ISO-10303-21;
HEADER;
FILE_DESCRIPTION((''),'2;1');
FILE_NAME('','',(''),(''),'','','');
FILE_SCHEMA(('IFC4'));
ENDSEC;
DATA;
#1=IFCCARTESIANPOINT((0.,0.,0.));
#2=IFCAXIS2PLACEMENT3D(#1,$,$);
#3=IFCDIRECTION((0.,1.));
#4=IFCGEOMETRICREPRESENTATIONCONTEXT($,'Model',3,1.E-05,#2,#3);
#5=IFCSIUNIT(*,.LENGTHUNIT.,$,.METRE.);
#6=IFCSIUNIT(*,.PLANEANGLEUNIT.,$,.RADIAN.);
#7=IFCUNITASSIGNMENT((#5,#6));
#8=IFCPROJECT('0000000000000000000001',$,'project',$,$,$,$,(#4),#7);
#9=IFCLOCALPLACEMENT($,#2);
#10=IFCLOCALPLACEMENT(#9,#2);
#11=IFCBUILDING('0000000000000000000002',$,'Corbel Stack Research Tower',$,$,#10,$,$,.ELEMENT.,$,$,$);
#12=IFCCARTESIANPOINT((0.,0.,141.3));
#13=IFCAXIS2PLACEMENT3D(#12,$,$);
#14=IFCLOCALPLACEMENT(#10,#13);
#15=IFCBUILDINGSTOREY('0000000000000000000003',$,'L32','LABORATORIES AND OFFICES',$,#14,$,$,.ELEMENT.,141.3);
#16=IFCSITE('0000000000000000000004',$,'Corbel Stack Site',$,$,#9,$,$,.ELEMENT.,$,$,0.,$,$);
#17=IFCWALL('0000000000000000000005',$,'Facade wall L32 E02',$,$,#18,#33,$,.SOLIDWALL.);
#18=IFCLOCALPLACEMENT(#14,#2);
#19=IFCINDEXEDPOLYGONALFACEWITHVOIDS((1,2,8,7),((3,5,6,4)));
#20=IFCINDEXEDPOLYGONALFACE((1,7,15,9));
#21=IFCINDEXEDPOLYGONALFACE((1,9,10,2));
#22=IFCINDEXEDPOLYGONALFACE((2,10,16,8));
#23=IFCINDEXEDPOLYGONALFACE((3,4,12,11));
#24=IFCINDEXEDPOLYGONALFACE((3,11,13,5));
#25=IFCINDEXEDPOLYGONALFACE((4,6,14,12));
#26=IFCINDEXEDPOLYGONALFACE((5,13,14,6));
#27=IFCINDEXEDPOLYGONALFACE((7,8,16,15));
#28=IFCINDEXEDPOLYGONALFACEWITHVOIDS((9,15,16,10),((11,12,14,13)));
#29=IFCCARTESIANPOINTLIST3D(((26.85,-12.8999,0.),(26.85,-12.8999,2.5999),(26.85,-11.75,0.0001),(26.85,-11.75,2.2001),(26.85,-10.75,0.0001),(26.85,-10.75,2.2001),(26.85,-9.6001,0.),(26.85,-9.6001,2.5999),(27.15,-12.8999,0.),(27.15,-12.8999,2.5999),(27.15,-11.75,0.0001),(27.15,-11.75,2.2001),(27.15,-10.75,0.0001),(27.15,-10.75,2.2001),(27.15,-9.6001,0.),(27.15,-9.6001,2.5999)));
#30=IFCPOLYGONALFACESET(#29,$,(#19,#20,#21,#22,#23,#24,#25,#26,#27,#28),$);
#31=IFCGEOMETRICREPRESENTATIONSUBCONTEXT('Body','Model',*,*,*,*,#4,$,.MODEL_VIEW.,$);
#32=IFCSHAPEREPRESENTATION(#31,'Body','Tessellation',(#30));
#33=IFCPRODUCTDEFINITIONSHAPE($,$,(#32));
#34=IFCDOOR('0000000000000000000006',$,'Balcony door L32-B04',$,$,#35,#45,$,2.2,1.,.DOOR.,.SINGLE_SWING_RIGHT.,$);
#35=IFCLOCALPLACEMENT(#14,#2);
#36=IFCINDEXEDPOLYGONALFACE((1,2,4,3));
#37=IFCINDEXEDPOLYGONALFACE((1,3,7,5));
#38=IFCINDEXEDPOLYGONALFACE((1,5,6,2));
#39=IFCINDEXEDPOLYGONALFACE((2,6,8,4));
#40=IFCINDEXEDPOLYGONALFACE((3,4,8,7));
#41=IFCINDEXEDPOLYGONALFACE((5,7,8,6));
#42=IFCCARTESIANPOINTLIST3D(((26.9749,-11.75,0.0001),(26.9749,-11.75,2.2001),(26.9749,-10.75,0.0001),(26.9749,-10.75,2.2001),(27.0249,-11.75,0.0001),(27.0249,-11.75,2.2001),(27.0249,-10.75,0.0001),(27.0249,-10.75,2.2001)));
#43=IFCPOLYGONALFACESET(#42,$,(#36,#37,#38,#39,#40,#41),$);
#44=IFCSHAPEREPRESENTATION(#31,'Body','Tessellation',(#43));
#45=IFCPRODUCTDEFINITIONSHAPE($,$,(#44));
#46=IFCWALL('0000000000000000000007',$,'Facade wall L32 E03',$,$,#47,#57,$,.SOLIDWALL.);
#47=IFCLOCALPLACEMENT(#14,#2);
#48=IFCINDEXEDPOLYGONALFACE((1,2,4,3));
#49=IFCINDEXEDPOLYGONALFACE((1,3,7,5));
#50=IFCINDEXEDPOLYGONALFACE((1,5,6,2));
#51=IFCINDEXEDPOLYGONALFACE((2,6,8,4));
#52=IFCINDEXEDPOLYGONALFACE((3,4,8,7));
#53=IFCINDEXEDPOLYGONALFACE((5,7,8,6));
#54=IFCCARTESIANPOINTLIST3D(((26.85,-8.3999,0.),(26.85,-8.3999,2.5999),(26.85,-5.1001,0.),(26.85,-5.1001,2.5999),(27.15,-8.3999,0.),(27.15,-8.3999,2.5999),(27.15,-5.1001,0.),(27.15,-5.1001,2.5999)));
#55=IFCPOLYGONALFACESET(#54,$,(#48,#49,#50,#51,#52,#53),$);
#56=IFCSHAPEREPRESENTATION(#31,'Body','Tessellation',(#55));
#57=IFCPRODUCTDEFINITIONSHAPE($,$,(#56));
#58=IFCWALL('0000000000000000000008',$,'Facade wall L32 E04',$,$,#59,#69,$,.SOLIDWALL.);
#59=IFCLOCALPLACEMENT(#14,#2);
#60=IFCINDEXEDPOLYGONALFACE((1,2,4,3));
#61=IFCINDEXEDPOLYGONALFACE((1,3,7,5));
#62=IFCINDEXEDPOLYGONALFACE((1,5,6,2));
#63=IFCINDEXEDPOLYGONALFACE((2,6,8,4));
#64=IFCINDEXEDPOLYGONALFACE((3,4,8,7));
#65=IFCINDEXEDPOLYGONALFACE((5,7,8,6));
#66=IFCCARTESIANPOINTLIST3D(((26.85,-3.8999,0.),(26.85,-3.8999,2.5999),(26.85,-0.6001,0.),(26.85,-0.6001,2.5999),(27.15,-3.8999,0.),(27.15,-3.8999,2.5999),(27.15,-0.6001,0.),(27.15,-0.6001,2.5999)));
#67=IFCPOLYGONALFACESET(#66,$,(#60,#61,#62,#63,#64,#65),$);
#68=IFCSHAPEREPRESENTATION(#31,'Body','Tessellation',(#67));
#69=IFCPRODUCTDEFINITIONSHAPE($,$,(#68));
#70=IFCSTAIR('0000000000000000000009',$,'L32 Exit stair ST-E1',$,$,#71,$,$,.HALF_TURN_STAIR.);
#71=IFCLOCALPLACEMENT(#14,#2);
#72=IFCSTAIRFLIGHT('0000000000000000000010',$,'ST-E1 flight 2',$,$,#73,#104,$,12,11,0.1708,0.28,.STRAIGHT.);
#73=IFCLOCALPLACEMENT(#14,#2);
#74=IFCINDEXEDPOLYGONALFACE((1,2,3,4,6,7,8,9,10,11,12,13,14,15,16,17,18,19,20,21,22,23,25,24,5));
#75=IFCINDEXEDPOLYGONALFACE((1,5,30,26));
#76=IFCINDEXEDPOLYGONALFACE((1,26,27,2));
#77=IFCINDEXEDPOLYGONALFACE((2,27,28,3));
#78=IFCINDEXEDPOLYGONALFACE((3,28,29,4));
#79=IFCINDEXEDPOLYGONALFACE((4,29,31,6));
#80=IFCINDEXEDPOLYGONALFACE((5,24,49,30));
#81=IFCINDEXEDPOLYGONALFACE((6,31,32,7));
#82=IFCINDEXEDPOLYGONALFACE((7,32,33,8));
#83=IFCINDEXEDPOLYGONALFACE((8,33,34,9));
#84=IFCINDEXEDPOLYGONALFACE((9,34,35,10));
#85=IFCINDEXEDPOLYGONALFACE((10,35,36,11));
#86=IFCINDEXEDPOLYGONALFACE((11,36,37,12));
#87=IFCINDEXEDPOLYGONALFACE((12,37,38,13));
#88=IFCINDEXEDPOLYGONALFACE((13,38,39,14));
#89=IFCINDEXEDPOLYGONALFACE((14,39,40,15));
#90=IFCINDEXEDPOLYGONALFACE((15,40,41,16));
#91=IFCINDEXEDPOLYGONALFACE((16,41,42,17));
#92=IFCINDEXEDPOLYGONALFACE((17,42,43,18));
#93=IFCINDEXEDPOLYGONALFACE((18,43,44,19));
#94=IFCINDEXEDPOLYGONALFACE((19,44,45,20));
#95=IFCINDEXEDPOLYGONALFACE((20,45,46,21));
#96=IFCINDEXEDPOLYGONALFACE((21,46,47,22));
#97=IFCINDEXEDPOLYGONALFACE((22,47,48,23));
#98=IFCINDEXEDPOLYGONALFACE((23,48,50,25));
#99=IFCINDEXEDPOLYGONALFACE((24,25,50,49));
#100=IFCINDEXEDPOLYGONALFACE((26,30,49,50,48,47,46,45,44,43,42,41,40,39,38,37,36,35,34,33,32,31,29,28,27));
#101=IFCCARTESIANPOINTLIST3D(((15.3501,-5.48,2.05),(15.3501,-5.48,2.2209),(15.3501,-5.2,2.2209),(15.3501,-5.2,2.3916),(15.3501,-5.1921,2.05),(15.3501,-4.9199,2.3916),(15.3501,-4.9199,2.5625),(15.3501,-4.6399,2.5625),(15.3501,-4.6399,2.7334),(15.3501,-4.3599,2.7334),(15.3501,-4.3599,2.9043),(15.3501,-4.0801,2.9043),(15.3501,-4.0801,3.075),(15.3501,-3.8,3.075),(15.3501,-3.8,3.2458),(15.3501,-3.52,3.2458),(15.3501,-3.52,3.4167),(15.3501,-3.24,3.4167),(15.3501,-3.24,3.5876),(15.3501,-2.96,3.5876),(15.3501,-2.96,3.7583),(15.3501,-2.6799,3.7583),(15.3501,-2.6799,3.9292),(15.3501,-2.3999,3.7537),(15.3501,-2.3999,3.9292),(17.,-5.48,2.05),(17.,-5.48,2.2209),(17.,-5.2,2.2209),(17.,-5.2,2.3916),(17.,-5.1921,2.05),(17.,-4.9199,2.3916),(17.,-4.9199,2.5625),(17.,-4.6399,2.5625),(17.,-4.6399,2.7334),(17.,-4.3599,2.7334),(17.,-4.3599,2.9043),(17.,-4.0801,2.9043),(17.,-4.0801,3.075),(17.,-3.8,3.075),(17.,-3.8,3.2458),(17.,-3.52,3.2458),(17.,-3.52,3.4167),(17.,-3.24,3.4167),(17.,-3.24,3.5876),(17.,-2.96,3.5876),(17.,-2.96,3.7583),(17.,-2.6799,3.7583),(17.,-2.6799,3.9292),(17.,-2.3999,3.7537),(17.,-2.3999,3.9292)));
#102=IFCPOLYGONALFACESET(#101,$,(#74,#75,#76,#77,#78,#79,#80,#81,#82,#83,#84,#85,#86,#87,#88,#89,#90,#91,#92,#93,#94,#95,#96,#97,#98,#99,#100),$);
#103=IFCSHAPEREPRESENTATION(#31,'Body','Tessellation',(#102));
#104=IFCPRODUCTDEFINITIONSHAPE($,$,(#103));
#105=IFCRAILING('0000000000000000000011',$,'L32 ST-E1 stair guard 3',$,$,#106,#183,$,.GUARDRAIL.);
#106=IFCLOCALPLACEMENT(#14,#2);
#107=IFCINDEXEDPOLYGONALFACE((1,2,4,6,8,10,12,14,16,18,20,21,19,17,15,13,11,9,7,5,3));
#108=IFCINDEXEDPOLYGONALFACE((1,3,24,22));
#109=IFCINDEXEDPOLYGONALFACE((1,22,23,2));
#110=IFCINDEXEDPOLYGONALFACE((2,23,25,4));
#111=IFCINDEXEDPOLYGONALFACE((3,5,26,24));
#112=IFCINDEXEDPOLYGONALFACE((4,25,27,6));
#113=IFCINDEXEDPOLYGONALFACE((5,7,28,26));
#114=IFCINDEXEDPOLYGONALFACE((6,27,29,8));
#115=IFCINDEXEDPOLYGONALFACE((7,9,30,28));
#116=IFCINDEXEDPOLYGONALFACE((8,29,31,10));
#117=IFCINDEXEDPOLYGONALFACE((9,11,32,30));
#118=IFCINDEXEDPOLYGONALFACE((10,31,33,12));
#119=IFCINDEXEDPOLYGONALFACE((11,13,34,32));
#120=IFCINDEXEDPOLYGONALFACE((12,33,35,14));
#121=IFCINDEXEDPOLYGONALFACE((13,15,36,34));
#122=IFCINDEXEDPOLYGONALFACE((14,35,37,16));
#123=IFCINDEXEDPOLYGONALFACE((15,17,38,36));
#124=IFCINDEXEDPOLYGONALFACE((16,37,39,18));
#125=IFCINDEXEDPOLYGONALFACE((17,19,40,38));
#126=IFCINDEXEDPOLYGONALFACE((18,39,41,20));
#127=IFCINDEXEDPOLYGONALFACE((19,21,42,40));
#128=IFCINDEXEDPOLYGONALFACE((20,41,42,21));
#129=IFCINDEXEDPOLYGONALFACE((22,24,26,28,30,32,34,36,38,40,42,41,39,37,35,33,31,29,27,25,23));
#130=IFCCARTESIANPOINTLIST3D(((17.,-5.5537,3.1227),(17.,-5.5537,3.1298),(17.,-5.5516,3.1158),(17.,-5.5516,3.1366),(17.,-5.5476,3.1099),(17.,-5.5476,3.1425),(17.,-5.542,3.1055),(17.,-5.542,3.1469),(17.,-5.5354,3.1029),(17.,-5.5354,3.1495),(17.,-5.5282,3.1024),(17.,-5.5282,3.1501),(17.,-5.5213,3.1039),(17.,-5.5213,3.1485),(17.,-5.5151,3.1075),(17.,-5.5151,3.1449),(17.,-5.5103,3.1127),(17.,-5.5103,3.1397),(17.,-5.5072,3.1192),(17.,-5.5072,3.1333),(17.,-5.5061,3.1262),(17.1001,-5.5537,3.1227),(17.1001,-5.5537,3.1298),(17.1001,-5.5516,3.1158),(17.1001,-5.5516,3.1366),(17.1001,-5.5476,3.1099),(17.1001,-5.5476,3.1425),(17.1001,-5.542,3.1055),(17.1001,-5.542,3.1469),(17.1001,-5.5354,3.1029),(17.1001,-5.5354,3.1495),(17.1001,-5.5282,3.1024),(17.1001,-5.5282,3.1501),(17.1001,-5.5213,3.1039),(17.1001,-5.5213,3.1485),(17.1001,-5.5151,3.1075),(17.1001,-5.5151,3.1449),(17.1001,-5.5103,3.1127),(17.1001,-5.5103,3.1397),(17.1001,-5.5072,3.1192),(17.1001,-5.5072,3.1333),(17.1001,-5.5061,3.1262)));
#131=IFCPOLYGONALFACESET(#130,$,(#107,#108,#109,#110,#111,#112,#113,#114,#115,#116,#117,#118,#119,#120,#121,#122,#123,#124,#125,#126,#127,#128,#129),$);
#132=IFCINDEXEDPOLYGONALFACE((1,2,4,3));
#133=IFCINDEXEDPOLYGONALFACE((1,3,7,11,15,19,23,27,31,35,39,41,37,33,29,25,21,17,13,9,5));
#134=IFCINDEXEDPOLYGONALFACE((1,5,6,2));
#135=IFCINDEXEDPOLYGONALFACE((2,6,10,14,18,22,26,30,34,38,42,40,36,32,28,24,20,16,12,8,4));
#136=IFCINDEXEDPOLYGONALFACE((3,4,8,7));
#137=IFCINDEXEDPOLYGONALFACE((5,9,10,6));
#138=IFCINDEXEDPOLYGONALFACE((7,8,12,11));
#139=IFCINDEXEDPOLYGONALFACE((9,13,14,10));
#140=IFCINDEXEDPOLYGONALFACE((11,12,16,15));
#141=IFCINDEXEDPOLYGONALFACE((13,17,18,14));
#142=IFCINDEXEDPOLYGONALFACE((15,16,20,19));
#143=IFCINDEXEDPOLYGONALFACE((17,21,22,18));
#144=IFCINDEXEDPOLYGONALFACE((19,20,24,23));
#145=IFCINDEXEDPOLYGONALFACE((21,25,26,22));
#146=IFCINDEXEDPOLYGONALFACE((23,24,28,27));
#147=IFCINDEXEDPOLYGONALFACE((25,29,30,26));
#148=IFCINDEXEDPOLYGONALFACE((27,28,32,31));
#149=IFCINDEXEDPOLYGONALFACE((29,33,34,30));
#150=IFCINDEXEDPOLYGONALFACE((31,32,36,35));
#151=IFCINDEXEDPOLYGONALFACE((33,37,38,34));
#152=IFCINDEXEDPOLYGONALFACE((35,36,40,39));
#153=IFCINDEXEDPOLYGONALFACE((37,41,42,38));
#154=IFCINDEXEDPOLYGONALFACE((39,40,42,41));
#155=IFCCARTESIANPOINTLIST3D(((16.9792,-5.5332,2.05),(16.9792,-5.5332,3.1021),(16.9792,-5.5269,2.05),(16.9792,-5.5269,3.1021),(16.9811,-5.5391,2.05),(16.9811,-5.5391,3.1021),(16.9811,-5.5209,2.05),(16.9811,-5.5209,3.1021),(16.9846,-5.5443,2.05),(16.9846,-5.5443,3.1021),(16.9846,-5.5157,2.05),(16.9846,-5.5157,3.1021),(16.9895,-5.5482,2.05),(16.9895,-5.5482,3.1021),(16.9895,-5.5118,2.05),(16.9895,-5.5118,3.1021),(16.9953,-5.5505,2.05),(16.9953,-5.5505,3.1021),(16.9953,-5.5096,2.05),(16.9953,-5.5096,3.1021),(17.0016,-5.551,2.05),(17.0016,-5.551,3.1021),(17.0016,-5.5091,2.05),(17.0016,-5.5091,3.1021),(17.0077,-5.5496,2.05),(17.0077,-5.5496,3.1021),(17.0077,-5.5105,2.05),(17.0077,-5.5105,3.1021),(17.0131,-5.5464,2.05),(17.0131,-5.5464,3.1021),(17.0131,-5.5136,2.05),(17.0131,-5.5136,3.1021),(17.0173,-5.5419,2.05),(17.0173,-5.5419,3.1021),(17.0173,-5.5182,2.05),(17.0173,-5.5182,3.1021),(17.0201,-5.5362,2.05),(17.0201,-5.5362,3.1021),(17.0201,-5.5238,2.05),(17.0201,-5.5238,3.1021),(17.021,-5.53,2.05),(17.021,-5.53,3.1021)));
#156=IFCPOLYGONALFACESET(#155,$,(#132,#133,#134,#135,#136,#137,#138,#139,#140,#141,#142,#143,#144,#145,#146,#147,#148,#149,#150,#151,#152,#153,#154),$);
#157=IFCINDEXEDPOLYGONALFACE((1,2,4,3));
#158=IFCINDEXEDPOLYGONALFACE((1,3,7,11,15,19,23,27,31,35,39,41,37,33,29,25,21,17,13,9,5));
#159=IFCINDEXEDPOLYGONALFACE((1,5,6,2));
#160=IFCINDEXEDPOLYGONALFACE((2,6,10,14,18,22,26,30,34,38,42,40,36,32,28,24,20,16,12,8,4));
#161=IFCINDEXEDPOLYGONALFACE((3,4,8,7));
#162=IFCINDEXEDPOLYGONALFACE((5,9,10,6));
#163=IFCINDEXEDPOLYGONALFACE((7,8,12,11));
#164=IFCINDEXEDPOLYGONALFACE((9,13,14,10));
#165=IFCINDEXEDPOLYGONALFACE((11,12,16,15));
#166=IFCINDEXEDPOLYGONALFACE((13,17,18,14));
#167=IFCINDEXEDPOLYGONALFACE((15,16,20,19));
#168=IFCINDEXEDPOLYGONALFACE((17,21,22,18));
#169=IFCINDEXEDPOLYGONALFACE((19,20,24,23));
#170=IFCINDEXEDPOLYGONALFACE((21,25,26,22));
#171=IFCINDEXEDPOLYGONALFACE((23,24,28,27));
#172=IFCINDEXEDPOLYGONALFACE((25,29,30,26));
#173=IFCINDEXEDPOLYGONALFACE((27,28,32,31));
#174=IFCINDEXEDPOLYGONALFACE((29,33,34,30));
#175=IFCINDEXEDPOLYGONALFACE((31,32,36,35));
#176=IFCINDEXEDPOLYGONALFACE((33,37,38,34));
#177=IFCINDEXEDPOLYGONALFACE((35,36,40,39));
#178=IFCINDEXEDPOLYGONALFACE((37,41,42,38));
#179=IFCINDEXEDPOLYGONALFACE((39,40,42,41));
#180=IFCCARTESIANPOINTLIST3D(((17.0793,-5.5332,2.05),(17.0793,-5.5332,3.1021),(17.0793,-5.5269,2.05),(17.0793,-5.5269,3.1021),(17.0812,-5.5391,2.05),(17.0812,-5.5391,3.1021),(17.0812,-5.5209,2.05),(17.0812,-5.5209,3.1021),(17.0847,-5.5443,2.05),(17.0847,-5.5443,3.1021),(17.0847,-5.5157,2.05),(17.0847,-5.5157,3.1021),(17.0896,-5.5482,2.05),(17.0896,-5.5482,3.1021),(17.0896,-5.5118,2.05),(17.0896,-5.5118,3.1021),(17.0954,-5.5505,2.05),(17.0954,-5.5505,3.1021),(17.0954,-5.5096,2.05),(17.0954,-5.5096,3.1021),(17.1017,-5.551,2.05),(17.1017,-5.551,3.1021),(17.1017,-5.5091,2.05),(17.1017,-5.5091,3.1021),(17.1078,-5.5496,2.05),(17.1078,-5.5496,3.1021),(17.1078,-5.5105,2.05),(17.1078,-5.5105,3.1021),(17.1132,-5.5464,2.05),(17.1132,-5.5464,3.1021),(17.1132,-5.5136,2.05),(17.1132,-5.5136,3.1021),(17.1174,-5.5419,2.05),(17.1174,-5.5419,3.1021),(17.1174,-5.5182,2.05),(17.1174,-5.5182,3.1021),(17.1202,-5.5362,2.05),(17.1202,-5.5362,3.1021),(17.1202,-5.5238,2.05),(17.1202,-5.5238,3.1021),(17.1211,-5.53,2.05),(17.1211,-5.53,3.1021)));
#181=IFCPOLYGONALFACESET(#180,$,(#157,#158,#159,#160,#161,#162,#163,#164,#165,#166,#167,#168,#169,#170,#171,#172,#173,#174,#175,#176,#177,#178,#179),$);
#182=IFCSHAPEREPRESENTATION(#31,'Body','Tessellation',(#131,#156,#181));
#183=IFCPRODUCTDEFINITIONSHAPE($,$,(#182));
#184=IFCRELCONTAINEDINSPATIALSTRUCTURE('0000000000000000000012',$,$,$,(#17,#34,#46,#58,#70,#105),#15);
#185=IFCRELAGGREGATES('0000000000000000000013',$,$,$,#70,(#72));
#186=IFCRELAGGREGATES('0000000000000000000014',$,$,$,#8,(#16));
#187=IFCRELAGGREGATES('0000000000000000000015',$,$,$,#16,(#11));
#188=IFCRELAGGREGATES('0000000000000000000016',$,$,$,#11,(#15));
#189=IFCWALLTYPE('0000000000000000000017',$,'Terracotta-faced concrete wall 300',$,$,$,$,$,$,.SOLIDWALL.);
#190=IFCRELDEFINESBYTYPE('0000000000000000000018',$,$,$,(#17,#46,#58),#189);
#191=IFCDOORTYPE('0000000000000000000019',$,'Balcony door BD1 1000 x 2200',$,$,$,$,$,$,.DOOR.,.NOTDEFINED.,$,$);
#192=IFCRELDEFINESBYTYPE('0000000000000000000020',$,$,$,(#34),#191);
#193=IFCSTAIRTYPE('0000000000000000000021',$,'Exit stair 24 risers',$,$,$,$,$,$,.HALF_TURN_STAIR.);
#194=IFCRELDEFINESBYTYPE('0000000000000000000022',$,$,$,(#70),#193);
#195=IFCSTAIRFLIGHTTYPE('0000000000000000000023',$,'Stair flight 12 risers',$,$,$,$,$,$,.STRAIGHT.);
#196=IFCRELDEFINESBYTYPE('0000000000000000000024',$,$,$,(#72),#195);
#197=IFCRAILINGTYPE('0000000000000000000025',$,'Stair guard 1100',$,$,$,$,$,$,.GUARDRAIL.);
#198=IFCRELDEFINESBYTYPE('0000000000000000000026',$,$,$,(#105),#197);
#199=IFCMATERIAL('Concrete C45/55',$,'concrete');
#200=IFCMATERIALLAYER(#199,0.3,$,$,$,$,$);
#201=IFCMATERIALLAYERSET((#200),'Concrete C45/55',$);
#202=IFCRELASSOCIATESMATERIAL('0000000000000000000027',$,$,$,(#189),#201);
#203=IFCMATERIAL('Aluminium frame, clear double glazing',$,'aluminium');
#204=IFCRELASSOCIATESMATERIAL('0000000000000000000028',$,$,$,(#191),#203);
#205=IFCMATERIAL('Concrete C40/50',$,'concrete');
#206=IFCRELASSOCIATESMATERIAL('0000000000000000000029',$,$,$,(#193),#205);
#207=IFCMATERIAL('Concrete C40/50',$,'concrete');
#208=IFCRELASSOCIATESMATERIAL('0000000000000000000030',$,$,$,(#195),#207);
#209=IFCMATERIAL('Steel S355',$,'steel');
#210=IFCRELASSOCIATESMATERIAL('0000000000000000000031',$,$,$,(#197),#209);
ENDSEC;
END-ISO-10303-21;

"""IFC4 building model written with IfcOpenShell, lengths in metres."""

from ifc_helpers import new_model, si_unit, direction, frame, frame_2d, origin, origin_2d, place, context, subcontext, project, spatial, polyline, rectangle, circle, outline, extrude, material, layer, layer_set, type_object, element, fill, aggregate, save


model = new_model("IFC4")

# Units and contexts
model_context = context("Model", 3, precision=1e-05, world=origin(), true_north=direction((0.0, 1.0)))
body_context = subcontext(model_context, "Body", "Model", "MODEL_VIEW")
ifc_project = project(units=[si_unit("LENGTHUNIT", "METRE"), si_unit("PLANEANGLEUNIT", "RADIAN")], contexts=[model_context])

# Site, building, storey
site_placement = place(None, origin())
site = spatial("IfcSite", under=ifc_project, at=site_placement, Name="Corbel Stack Site", CompositionType="ELEMENT", RefElevation=0.0)
building_placement = place(site_placement, origin())
building = spatial("IfcBuilding", under=site, at=building_placement, Name="Corbel Stack Research Tower", CompositionType="ELEMENT")
storey_placement = place(building_placement, frame((0.0, 0.0, 141.3)))
storey = spatial("IfcBuildingStorey", under=building, at=storey_placement, Name="L32", Description="LABORATORIES AND OFFICES", CompositionType="ELEMENT", Elevation=141.3)

# Wall, opening, door
ifc_material_1 = material(Name="Concrete C45/55", Category="concrete")
ifc_layer_1 = layer(ifc_material_1, 0.3)
ifc_layer_set_1 = layer_set([ifc_layer_1], Name="Concrete C45/55")
wall_type_1 = type_object("IfcWallType", Name="Terracotta-faced concrete wall 300", PredefinedType="SOLIDWALL", material=ifc_layer_set_1)
wall_1_placement = place(storey_placement, frame((27.0, -9.6001, 0.0), z_axis=(0.0, 0.0, 1.0), x_axis=(0.0, -1.0, 0.0)))
wall_1 = element("IfcWall", 1, at=wall_1_placement, inside=storey, type_object=wall_type_1, Name="Facade wall L32 E02", PredefinedType="SOLIDWALL", context=body_context, shape_type="SweptSolid", body=[
    extrude(rectangle(XDim=3.2998, YDim=0.3, at=frame_2d((1.6499, 0.0))), origin(), (0.0, 0.0, 1.0), 2.5999),
])
opening_1_placement = place(wall_1_placement, frame((1.1499, 0.0, 0.0)))
opening_1 = element("IfcOpeningElement", 2, at=opening_1_placement, cuts=wall_1, PredefinedType="OPENING", context=body_context, shape_type="SweptSolid", body=[
    extrude(rectangle(XDim=1.0, YDim=2.2, at=frame_2d((0.5, 1.1001))), frame((0.0, 0.1599, 0.0), z_axis=(0.0, -1.0, 0.0), x_axis=(1.0, 0.0, 0.0)), (0.0, 0.0, 1.0), 0.3201),
])
ifc_material_2 = material(Name="Aluminium frame, clear double glazing", Category="aluminium")
door_type_1 = type_object("IfcDoorType", Name="Balcony door BD1 1000 x 2200", OperationType="NOTDEFINED", PredefinedType="DOOR", material=ifc_material_2)
door_1_placement = place(opening_1_placement, origin())
door_1 = element("IfcDoor", 3, at=door_1_placement, inside=storey, type_object=door_type_1, Name="Balcony door L32-B04", OperationType="SINGLE_SWING_RIGHT", OverallHeight=2.2, OverallWidth=1.0, PredefinedType="DOOR", context=body_context, shape_type="SweptSolid", body=[
    extrude(rectangle(XDim=1.0, YDim=2.2, at=frame_2d((0.5, 1.1001))), frame((0.0, 0.0249, 0.0), z_axis=(0.0, -1.0, 0.0), x_axis=(1.0, 0.0, 0.0)), (0.0, 0.0, 1.0), 0.05),
])
fill(opening_1, door_1)

# Walls
for number, where, z_axis, x_axis, name in (
    (4, (27.0, -5.1001, 0.0), (0.0, 0.0, 1.0), (0.0, -1.0, 0.0), "Facade wall L32 E03"),
    (5, (27.0, -0.6001, 0.0), (0.0, 0.0, 1.0), (0.0, -1.0, 0.0), "Facade wall L32 E04"),
):
    element("IfcWall", number, at=place(storey_placement, frame(where, z_axis=z_axis, x_axis=x_axis)), inside=storey, type_object=wall_type_1, Name=name, PredefinedType="SOLIDWALL", context=body_context, shape_type="SweptSolid", body=[
        extrude(rectangle(XDim=3.2998, YDim=0.3, at=frame_2d((1.6499, 0.0))), origin(), (0.0, 0.0, 1.0), 2.5999),
    ])

# Stair, stair flight
ifc_material_3 = material(Name="Concrete C40/50", Category="concrete")
stair_type = type_object("IfcStairType", Name="Exit stair 24 risers", PredefinedType="HALF_TURN_STAIR", material=ifc_material_3)
stair_placement = place(storey_placement, origin())
stair = element("IfcStair", 6, at=stair_placement, inside=storey, type_object=stair_type, Name="L32 Exit stair ST-E1", PredefinedType="HALF_TURN_STAIR")
ifc_material_4 = material(Name="Concrete C40/50", Category="concrete")
stair_flight_type = type_object("IfcStairFlightType", Name="Stair flight 12 risers", PredefinedType="STRAIGHT", material=ifc_material_4)
stair_flight_placement = place(storey_placement, frame((16.175, -5.48, 2.05), z_axis=(0.0, 0.0, 1.0), x_axis=(0.0, 1.0, 0.0)))
stair_flight = element("IfcStairFlight", 7, at=stair_flight_placement, type_object=stair_flight_type, Name="ST-E1 flight 2", NumberOfRisers=12, NumberOfTreads=11, PredefinedType="STRAIGHT", RiserHeight=0.1708, TreadLength=0.28, context=body_context, shape_type="SweptSolid", body=[
    extrude(outline(polyline([(0.0, 0.0), (0.0, 0.1709), (0.28, 0.1709), (0.28, 0.3416), (0.5601, 0.3416), (0.5601, 0.5125), (0.8401, 0.5125), (0.8401, 0.6833), (1.1201, 0.6833), (1.1201, 0.8542), (1.3999, 0.8542), (1.3999, 1.0249), (1.6799, 1.0249), (1.6799, 1.1958), (1.96, 1.1958), (1.96, 1.3667), (2.24, 1.3667), (2.24, 1.5376), (2.52, 1.5376), (2.52, 1.7083), (2.8, 1.7083), (2.8, 1.8792), (3.0801, 1.8792), (3.0801, 2.05), (3.0801, 1.7036), (0.2878, 0.0), (0.0, 0.0)])), frame((0.0, 0.825, 0.0), z_axis=(0.0, -1.0, 0.0), x_axis=(1.0, 0.0, 0.0)), (0.0, 0.0, 1.0), 1.6499),
])
aggregate(stair, [stair_flight])

# Railing
ifc_material_5 = material(Name="Steel S355", Category="steel")
railing_type_1 = type_object("IfcRailingType", Name="Stair guard 1100", PredefinedType="GUARDRAIL", material=ifc_material_5)
railing_1_placement = place(storey_placement, frame((17.0, -5.53, 2.05)))
element("IfcRailing", 8, at=railing_1_placement, inside=storey, type_object=railing_type_1, Name="L32 ST-E1 stair guard 3", PredefinedType="GUARDRAIL", context=body_context, shape_type="SweptSolid", body=[
    extrude(circle(Radius=0.0239, at=origin_2d()), frame((0.0, 0.0, 1.0762), z_axis=(1.0, 0.0, 0.0), x_axis=(0.0, 1.0, 0.0)), (0.0, 0.0, 1.0), 0.1001),
    extrude(circle(Radius=0.021, at=origin_2d()), origin(), (0.0, 0.0, 1.0), 1.052),
    extrude(circle(Radius=0.021, at=origin_2d()), frame((0.1001, 0.0, 0.0)), (0.0, 0.0, 1.0), 1.052),
])

save(model, "model.ifc")
